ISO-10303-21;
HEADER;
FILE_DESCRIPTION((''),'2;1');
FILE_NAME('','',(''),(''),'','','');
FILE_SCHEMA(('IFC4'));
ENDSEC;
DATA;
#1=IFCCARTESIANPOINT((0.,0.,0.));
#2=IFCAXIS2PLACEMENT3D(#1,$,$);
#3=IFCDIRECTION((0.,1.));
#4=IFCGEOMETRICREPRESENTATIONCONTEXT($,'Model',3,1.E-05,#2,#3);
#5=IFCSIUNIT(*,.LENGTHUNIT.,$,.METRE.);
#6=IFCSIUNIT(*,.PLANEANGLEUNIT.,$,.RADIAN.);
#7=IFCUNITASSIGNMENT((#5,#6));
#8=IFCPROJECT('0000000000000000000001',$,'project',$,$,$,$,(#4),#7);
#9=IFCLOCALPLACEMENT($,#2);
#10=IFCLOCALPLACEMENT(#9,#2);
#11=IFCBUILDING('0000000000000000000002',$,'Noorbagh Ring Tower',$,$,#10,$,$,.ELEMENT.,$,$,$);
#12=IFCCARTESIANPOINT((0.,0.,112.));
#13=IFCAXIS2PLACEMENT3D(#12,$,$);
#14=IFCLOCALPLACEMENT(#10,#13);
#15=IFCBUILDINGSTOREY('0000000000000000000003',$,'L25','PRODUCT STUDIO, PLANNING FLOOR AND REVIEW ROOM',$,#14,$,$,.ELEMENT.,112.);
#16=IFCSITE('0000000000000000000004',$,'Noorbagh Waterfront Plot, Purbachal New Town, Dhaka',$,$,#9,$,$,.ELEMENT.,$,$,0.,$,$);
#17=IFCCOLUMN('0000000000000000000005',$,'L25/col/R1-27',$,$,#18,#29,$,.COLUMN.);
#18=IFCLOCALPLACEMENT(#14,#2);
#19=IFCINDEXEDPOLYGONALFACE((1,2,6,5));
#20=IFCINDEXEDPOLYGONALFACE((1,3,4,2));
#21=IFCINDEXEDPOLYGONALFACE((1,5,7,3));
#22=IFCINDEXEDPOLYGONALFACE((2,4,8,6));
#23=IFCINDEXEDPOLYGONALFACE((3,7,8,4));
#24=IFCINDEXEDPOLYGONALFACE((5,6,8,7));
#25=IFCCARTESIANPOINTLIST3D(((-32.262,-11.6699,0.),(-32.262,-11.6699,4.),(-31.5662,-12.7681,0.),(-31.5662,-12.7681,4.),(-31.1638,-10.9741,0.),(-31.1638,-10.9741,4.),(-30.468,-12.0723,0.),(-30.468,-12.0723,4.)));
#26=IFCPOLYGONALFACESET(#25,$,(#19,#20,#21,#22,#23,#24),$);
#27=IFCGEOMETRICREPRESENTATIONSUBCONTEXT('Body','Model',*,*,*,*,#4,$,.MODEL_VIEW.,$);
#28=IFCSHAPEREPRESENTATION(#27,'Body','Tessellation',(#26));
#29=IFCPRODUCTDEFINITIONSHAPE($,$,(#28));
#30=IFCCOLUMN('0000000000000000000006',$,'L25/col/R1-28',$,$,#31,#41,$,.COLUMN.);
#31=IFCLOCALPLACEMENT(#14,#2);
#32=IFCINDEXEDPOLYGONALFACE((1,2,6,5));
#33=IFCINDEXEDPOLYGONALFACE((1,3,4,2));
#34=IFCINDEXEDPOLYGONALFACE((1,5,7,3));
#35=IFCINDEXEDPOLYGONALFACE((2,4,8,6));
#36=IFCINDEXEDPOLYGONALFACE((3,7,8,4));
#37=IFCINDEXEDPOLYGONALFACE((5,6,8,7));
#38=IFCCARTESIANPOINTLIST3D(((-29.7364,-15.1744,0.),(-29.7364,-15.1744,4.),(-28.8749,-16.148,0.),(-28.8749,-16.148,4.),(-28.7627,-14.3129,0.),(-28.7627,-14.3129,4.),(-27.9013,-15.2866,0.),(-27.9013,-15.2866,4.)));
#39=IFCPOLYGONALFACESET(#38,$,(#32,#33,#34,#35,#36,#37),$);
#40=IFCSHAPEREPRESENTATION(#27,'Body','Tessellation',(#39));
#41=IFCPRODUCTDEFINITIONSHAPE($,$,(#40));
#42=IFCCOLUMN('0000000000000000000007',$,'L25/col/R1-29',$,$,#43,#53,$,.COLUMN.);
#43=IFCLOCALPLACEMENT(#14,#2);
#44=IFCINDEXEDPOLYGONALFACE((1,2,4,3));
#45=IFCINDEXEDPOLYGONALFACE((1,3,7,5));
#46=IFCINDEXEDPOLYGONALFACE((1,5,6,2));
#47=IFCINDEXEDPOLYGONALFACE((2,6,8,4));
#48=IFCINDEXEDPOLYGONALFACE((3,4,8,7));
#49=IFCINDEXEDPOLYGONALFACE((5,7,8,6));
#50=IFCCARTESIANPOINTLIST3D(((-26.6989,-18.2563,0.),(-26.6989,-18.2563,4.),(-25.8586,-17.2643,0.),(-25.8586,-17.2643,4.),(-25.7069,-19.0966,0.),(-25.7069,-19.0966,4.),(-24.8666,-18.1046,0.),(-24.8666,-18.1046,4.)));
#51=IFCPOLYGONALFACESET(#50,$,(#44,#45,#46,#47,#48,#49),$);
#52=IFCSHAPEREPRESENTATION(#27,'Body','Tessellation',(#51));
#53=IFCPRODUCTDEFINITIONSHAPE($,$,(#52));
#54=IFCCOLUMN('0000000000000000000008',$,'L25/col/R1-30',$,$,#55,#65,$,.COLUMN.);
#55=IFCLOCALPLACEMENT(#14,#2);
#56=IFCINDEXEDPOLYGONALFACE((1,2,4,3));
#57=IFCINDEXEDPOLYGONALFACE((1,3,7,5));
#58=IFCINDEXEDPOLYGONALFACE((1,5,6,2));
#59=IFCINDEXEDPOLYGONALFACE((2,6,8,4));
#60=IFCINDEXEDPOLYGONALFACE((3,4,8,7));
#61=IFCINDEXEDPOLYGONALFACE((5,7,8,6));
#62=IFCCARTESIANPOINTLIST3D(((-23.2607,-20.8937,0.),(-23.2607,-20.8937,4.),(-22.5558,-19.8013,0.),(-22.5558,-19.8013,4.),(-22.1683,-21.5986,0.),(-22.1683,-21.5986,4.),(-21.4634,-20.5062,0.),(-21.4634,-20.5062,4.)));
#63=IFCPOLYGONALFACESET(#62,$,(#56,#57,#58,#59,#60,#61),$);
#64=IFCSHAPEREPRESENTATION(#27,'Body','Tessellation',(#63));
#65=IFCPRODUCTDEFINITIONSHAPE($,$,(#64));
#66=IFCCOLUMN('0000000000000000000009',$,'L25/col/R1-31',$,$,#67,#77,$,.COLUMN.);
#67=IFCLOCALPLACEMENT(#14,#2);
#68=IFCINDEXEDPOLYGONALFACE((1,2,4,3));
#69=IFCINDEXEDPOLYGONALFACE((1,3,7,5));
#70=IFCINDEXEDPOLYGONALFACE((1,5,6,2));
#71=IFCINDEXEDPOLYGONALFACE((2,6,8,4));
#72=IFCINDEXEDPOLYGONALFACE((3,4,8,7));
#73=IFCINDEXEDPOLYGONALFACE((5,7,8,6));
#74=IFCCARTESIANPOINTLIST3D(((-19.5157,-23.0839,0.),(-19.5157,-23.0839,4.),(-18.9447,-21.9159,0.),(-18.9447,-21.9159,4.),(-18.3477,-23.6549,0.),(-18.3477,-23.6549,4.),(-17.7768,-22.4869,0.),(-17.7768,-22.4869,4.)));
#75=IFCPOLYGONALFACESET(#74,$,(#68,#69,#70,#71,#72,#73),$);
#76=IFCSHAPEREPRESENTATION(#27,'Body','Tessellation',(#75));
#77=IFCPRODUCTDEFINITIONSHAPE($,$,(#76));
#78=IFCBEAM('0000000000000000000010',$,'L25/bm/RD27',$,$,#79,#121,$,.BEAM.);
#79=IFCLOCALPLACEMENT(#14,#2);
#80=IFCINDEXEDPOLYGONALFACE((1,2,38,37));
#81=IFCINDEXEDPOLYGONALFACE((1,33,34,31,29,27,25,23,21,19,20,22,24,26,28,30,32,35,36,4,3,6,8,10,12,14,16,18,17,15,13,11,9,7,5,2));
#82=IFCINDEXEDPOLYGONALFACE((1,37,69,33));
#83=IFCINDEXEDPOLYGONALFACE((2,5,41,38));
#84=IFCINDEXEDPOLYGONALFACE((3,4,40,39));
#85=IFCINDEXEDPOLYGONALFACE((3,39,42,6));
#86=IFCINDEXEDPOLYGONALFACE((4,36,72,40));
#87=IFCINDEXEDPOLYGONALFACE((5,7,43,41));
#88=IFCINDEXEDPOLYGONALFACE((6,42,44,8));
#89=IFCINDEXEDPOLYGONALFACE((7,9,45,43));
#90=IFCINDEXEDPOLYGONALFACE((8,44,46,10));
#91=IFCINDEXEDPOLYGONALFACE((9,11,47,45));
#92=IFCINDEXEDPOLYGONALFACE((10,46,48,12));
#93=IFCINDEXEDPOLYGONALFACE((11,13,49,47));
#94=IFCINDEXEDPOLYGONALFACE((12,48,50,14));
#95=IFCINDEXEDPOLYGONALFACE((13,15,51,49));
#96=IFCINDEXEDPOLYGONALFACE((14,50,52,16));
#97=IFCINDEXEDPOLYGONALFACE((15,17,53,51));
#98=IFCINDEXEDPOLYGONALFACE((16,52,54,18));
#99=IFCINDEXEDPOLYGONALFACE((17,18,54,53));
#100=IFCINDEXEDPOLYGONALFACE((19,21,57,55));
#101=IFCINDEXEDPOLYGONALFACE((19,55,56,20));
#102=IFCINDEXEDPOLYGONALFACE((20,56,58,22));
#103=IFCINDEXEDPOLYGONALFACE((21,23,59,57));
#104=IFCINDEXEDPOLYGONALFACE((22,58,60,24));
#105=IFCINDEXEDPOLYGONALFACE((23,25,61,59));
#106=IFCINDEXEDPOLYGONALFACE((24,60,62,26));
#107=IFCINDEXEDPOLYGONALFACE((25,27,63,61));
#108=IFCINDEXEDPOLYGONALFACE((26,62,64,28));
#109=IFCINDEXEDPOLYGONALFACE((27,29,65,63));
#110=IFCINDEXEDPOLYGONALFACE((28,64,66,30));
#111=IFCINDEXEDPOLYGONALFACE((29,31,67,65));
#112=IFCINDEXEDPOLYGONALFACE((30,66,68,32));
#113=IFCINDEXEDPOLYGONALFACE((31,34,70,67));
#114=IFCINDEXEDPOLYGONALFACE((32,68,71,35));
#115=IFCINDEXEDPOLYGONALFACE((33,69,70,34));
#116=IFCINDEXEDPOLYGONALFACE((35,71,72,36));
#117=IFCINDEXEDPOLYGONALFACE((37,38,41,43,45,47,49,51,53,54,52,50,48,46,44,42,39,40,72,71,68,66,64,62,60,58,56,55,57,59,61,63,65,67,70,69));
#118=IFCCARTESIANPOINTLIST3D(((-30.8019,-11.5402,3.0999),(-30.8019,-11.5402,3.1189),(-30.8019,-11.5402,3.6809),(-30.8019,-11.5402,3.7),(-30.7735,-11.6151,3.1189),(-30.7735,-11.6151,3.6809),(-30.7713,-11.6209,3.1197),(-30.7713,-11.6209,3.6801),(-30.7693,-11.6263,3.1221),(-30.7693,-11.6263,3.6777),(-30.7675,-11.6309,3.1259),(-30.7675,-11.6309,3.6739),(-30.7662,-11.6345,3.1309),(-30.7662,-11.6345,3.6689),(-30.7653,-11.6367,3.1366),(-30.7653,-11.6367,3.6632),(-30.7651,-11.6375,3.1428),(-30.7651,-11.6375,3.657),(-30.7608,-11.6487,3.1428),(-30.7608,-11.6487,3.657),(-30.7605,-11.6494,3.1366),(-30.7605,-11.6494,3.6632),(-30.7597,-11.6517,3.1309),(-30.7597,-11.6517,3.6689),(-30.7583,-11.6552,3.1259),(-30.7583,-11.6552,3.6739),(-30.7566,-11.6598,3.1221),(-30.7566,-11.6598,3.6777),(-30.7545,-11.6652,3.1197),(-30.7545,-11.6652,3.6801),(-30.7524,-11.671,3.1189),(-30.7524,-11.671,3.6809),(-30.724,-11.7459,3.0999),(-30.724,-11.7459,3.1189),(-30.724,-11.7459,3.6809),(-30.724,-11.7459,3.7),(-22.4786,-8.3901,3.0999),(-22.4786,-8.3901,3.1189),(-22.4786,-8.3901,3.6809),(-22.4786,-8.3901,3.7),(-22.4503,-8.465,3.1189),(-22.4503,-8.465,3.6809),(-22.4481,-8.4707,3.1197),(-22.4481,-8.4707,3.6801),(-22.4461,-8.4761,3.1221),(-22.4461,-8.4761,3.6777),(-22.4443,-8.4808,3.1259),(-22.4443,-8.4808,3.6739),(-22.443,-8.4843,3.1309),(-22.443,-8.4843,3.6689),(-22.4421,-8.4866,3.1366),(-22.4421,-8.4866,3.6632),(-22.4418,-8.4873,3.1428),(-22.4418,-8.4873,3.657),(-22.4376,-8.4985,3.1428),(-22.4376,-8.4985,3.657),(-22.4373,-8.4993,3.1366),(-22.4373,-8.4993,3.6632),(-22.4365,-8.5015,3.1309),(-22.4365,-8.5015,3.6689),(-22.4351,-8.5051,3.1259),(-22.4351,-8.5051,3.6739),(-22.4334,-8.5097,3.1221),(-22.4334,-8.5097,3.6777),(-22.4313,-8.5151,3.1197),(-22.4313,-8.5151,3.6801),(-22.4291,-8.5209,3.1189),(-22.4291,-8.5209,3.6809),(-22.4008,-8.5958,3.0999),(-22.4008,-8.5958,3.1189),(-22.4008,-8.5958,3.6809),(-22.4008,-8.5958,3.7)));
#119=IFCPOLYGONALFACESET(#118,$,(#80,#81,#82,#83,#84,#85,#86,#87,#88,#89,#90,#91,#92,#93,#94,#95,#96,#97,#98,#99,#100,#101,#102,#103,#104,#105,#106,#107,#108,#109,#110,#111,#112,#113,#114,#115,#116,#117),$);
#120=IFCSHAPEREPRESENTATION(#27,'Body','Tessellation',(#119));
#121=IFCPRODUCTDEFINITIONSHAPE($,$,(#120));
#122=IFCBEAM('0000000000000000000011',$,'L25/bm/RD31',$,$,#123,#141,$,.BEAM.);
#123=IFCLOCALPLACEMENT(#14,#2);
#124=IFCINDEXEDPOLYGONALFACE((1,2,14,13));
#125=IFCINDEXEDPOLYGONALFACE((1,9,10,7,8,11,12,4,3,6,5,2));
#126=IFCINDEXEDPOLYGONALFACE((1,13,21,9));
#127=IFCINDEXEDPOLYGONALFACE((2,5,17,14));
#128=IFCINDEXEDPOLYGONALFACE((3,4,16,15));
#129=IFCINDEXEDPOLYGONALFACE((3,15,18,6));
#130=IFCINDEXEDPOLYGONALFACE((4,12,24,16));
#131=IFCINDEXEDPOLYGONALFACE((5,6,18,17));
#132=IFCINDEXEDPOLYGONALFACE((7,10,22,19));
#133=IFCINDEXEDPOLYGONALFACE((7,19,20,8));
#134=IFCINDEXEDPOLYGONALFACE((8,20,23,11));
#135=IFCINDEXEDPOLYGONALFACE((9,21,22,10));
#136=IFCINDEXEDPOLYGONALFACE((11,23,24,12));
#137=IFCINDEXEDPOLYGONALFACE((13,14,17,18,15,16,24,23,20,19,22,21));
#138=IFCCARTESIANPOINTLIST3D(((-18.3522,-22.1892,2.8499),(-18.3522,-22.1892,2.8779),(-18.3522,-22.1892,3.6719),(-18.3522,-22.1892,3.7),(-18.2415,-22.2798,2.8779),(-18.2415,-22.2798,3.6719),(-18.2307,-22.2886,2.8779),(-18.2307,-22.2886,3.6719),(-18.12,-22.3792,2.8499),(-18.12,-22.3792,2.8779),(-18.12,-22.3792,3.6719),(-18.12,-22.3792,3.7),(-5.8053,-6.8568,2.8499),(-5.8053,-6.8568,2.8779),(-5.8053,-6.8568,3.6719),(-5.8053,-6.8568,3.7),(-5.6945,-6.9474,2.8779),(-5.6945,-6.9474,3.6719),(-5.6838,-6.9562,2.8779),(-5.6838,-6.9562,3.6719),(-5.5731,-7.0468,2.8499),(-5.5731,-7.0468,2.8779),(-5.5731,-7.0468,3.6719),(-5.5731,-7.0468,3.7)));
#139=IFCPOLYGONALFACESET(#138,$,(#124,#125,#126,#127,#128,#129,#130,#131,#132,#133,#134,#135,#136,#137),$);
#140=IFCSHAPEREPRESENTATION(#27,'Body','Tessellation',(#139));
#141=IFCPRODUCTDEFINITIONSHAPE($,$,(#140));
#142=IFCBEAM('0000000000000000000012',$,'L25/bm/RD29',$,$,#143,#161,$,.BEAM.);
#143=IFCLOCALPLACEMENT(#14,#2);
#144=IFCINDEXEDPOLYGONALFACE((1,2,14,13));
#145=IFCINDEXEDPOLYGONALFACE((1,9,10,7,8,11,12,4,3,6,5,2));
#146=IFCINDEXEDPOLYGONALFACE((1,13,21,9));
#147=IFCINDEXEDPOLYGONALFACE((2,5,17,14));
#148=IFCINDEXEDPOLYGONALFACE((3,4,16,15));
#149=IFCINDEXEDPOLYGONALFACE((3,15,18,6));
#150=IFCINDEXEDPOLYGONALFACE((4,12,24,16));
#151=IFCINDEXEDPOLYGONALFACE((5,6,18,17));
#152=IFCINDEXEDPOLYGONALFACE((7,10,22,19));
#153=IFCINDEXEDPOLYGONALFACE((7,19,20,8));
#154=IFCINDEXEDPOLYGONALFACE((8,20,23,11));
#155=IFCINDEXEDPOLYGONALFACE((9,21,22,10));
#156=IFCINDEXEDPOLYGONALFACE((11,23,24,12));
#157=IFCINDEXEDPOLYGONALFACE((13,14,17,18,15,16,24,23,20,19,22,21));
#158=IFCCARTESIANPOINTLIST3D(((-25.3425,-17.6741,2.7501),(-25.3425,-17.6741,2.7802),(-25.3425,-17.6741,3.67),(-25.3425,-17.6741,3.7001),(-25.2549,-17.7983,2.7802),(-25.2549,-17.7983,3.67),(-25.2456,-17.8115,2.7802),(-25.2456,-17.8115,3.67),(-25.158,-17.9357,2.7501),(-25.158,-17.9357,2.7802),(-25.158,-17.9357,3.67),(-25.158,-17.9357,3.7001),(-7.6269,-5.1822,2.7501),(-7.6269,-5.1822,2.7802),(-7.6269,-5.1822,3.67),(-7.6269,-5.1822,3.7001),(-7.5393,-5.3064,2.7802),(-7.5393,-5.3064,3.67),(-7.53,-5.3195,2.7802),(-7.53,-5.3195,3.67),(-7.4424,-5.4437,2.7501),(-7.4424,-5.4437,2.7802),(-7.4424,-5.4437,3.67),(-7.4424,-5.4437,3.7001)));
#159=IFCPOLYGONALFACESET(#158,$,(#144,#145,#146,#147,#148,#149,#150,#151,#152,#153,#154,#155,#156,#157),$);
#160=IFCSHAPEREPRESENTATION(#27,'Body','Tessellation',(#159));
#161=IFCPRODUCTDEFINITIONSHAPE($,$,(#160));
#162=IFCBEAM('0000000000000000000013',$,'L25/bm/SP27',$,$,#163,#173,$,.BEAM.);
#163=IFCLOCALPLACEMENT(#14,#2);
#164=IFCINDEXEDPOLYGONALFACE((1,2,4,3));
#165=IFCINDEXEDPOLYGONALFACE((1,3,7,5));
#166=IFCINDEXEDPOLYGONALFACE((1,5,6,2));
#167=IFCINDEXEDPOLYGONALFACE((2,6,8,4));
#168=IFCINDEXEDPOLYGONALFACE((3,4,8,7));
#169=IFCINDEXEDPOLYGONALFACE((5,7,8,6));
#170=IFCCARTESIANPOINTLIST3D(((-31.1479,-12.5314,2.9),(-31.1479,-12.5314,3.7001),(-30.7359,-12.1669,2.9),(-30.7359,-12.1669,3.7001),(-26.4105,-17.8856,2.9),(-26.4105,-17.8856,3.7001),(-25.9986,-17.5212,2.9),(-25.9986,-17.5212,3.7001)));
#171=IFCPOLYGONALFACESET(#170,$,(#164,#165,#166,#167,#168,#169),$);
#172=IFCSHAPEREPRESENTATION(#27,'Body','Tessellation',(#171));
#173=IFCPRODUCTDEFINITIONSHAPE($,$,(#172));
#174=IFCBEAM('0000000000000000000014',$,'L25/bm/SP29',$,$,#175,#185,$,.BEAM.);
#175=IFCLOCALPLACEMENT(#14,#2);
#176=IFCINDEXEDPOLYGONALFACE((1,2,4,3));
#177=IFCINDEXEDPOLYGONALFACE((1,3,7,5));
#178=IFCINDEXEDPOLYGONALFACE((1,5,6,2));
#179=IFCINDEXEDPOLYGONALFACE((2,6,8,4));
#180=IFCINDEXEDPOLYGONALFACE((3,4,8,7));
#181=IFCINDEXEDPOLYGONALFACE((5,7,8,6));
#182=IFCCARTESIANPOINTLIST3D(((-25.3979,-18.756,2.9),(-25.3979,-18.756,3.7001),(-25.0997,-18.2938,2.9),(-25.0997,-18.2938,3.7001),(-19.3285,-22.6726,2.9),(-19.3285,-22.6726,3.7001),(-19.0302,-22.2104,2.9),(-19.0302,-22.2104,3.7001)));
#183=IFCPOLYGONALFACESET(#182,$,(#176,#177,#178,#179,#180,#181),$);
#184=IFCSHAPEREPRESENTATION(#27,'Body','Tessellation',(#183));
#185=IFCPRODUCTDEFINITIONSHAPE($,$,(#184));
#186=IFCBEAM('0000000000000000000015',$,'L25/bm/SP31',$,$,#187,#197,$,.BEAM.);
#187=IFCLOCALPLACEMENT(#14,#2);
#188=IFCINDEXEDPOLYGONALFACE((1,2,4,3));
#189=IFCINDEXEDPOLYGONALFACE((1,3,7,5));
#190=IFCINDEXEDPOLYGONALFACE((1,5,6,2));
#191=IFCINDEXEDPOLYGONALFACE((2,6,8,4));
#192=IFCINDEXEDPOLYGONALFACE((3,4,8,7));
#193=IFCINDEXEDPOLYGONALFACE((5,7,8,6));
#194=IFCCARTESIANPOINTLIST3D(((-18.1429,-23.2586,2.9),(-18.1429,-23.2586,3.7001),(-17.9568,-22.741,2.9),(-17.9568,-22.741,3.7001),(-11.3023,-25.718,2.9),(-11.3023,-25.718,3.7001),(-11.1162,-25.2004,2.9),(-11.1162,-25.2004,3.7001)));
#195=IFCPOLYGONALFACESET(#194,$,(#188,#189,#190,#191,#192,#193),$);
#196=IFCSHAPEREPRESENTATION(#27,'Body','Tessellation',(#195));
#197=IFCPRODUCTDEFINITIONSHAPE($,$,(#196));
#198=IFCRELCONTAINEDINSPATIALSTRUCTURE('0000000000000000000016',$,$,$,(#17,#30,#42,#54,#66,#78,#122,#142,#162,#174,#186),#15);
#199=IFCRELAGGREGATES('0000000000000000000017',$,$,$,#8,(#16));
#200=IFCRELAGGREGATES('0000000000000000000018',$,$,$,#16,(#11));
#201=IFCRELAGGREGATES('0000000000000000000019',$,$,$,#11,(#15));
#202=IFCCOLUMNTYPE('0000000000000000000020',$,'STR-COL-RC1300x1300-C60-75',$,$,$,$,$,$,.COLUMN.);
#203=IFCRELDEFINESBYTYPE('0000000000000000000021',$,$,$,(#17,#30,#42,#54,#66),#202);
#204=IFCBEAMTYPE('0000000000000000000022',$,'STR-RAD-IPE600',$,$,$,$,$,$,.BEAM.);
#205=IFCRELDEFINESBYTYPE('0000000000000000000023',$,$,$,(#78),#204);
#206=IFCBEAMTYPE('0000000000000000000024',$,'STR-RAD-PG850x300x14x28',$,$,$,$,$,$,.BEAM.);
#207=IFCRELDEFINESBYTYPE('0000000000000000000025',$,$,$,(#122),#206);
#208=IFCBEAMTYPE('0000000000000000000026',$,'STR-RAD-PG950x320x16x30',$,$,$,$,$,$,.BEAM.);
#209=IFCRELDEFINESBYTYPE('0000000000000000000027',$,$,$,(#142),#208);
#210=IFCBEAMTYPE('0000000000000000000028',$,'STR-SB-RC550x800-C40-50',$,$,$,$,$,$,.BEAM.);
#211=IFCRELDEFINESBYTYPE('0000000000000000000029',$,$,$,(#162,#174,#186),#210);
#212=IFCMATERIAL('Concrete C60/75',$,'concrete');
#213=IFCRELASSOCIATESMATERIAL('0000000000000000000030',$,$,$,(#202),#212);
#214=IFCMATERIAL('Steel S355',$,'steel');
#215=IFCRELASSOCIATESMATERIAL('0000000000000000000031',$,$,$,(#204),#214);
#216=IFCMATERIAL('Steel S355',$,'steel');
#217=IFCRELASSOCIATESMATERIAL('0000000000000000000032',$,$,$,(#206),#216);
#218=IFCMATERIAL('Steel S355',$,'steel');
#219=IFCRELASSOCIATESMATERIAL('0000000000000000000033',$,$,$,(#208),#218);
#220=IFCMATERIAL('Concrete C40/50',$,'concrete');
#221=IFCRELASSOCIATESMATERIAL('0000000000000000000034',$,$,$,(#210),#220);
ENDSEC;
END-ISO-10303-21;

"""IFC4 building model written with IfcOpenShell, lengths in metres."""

from ifc_helpers import new_model, si_unit, direction, frame, origin, origin_2d, place, context, subcontext, project, spatial, rectangle, i_section, extrude, material, material_profile, profile_set, type_object, element, save


model = new_model("IFC4")

# Units and contexts
model_context = context("Model", 3, precision=1e-05, world=origin(), true_north=direction((0.0, 1.0)))
body_context = subcontext(model_context, "Body", "Model", "MODEL_VIEW")
ifc_project = project(units=[si_unit("LENGTHUNIT", "METRE"), si_unit("PLANEANGLEUNIT", "RADIAN")], contexts=[model_context])

# Site, building, storey
site_placement = place(None, origin())
site = spatial("IfcSite", under=ifc_project, at=site_placement, Name="Noorbagh Waterfront Plot, Purbachal New Town, Dhaka", CompositionType="ELEMENT", RefElevation=0.0)
building_placement = place(site_placement, origin())
building = spatial("IfcBuilding", under=site, at=building_placement, Name="Noorbagh Ring Tower", CompositionType="ELEMENT")
storey_placement = place(building_placement, frame((0.0, 0.0, 112.0)))
storey = spatial("IfcBuildingStorey", under=building, at=storey_placement, Name="L25", Description="PRODUCT STUDIO, PLANNING FLOOR AND REVIEW ROOM", CompositionType="ELEMENT", Elevation=112.0)

# Columns
ifc_material_1 = material(Name="Concrete C60/75", Category="concrete")
ifc_material_profile_1 = material_profile(ifc_material_1, rectangle(XDim=1.3, YDim=1.3, at=origin_2d()), Name="RC1300x1300")
ifc_profile_set_1 = profile_set([ifc_material_profile_1], Name="Concrete C60/75")
column_type = type_object("IfcColumnType", Name="STR-COL-RC1300x1300-C60-75", PredefinedType="COLUMN", material=ifc_profile_set_1)
for number, where, z_axis, x_axis, name in (
    (1, (-31.365, -11.8711, 0.0), (0.0, 0.0, 1.0), (0.53519, -0.844731, 0.0), "L25/col/R1-27"),
    (2, (-28.8188, -15.2305, 0.0), (0.0, 0.0, 1.0), (0.662636, -0.748942, 0.0), "L25/col/R1-28"),
    (3, (-25.7827, -18.1804, 0.0), (0.0, 0.0, 1.0), (0.763035, -0.646357, 0.0), "L25/col/R1-29"),
    (4, (-22.3621, -20.7, 0.0), (0.0, 0.0, 1.0), (0.840248, -0.542203, 0.0), "L25/col/R1-30"),
    (5, (-18.6462, -22.7854, 0.0), (0.0, 0.0, 1.0), (0.898399, -0.43918, 0.0), "L25/col/R1-31"),
):
    element("IfcColumn", number, at=place(storey_placement, frame(where, z_axis=z_axis, x_axis=x_axis)), inside=storey, type_object=column_type, Name=name, PredefinedType="COLUMN", context=body_context, shape_type="SweptSolid", body=[
        extrude(rectangle(XDim=1.3, YDim=1.3, at=origin_2d()), origin(), (0.0, 0.0, 1.0), 4.0),
    ])

# Beams
ifc_material_2 = material(Name="Steel S355", Category="steel")
ifc_material_profile_2 = material_profile(ifc_material_2, i_section(OverallWidth=0.22, OverallDepth=0.6001, WebThickness=0.012, FlangeThickness=0.019, FilletRadius=0.0239, at=origin_2d()), Name="IPE600")
ifc_profile_set_2 = profile_set([ifc_material_profile_2], Name="Steel S355")
beam_type_1 = type_object("IfcBeamType", Name="STR-RAD-IPE600", PredefinedType="BEAM", material=ifc_profile_set_2)
beam_1_placement = place(storey_placement, frame((-30.7629, -11.6431, 3.3999), z_axis=(0.935256, 0.353972, 0.0), x_axis=(-0.353972, 0.935256, 0.0)))
element("IfcBeam", 6, at=beam_1_placement, inside=storey, type_object=beam_type_1, Name="L25/bm/RD27", PredefinedType="BEAM", context=body_context, shape_type="SweptSolid", body=[
    extrude(i_section(OverallWidth=0.22, OverallDepth=0.6001, WebThickness=0.012, FlangeThickness=0.019, FilletRadius=0.0239, at=origin_2d()), origin(), (0.0, 0.0, 1.0), 8.8994),
])
ifc_material_3 = material(Name="Steel S355", Category="steel")
ifc_material_profile_3 = material_profile(ifc_material_3, i_section(OverallWidth=0.3, OverallDepth=0.8501, WebThickness=0.0139, FlangeThickness=0.0281, at=origin_2d()), Name="PG850x300x14x28")
ifc_profile_set_3 = profile_set([ifc_material_profile_3], Name="Steel S355")
beam_type_2 = type_object("IfcBeamType", Name="STR-RAD-PG850x300x14x28", PredefinedType="BEAM", material=ifc_profile_set_3)
beam_2_placement = place(storey_placement, frame((-18.2361, -22.2842, 3.2749), z_axis=(0.633307, 0.773901, 0.0), x_axis=(-0.773901, 0.633307, 0.0)))
element("IfcBeam", 7, at=beam_2_placement, inside=storey, type_object=beam_type_2, Name="L25/bm/RD31", PredefinedType="BEAM", context=body_context, shape_type="SweptSolid", body=[
    extrude(i_section(OverallWidth=0.3, OverallDepth=0.8501, WebThickness=0.0139, FlangeThickness=0.0281, at=origin_2d()), origin(), (0.0, 0.0, 1.0), 19.8118),
])
ifc_material_4 = material(Name="Steel S355", Category="steel")
ifc_material_profile_4 = material_profile(ifc_material_4, i_section(OverallWidth=0.3201, OverallDepth=0.95, WebThickness=0.0161, FlangeThickness=0.03, at=origin_2d()), Name="PG950x320x16x30")
ifc_profile_set_4 = profile_set([ifc_material_profile_4], Name="Steel S355")
beam_type_3 = type_object("IfcBeamType", Name="STR-RAD-PG950x320x16x30", PredefinedType="BEAM", material=ifc_profile_set_4)
beam_3_placement = place(storey_placement, frame((-25.2502, -17.8049, 3.2251), z_axis=(0.817254, 0.576278, 0.0), x_axis=(-0.576278, 0.817254, 0.0)))
element("IfcBeam", 8, at=beam_3_placement, inside=storey, type_object=beam_type_3, Name="L25/bm/RD29", PredefinedType="BEAM", context=body_context, shape_type="SweptSolid", body=[
    extrude(i_section(OverallWidth=0.3201, OverallDepth=0.95, WebThickness=0.0161, FlangeThickness=0.03, at=origin_2d()), origin(), (0.0, 0.0, 1.0), 21.677),
])
ifc_material_5 = material(Name="Concrete C40/50", Category="concrete")
ifc_material_profile_5 = material_profile(ifc_material_5, rectangle(XDim=0.55, YDim=0.8, at=origin_2d()), Name="RC550x800")
ifc_profile_set_5 = profile_set([ifc_material_profile_5], Name="Concrete C40/50")
beam_type_4 = type_object("IfcBeamType", Name="STR-SB-RC550x800-C40-50", PredefinedType="BEAM", material=ifc_profile_set_5)
beam_4_placement = place(storey_placement, frame((-30.9419, -12.3491, 3.3), z_axis=(0.662641, -0.748937, 0.0), x_axis=(0.748937, 0.662641, 0.0)))
element("IfcBeam", 9, at=beam_4_placement, inside=storey, type_object=beam_type_4, Name="L25/bm/SP27", PredefinedType="BEAM", context=body_context, shape_type="SweptSolid", body=[
    extrude(rectangle(XDim=0.55, YDim=0.8, at=origin_2d()), origin(), (0.0, 0.0, 1.0), 7.1492),
])
beam_5_placement = place(storey_placement, frame((-25.2488, -18.5249, 3.3), z_axis=(0.840246, -0.542205, 0.0), x_axis=(0.542205, 0.840246, 0.0)))
element("IfcBeam", 10, at=beam_5_placement, inside=storey, type_object=beam_type_4, Name="L25/bm/SP29", PredefinedType="BEAM", context=body_context, shape_type="SweptSolid", body=[
    extrude(rectangle(XDim=0.55, YDim=0.8, at=origin_2d()), origin(), (0.0, 0.0, 1.0), 7.2234),
])
beam_6_placement = place(storey_placement, frame((-18.0498, -22.9998, 3.3), z_axis=(0.941025, -0.338338, 0.0), x_axis=(0.338338, 0.941025, 0.0)))
element("IfcBeam", 11, at=beam_6_placement, inside=storey, type_object=beam_type_4, Name="L25/bm/SP31", PredefinedType="BEAM", context=body_context, shape_type="SweptSolid", body=[
    extrude(rectangle(XDim=0.55, YDim=0.8, at=origin_2d()), origin(), (0.0, 0.0, 1.0), 7.2693),
])

save(model, "model.ifc")
